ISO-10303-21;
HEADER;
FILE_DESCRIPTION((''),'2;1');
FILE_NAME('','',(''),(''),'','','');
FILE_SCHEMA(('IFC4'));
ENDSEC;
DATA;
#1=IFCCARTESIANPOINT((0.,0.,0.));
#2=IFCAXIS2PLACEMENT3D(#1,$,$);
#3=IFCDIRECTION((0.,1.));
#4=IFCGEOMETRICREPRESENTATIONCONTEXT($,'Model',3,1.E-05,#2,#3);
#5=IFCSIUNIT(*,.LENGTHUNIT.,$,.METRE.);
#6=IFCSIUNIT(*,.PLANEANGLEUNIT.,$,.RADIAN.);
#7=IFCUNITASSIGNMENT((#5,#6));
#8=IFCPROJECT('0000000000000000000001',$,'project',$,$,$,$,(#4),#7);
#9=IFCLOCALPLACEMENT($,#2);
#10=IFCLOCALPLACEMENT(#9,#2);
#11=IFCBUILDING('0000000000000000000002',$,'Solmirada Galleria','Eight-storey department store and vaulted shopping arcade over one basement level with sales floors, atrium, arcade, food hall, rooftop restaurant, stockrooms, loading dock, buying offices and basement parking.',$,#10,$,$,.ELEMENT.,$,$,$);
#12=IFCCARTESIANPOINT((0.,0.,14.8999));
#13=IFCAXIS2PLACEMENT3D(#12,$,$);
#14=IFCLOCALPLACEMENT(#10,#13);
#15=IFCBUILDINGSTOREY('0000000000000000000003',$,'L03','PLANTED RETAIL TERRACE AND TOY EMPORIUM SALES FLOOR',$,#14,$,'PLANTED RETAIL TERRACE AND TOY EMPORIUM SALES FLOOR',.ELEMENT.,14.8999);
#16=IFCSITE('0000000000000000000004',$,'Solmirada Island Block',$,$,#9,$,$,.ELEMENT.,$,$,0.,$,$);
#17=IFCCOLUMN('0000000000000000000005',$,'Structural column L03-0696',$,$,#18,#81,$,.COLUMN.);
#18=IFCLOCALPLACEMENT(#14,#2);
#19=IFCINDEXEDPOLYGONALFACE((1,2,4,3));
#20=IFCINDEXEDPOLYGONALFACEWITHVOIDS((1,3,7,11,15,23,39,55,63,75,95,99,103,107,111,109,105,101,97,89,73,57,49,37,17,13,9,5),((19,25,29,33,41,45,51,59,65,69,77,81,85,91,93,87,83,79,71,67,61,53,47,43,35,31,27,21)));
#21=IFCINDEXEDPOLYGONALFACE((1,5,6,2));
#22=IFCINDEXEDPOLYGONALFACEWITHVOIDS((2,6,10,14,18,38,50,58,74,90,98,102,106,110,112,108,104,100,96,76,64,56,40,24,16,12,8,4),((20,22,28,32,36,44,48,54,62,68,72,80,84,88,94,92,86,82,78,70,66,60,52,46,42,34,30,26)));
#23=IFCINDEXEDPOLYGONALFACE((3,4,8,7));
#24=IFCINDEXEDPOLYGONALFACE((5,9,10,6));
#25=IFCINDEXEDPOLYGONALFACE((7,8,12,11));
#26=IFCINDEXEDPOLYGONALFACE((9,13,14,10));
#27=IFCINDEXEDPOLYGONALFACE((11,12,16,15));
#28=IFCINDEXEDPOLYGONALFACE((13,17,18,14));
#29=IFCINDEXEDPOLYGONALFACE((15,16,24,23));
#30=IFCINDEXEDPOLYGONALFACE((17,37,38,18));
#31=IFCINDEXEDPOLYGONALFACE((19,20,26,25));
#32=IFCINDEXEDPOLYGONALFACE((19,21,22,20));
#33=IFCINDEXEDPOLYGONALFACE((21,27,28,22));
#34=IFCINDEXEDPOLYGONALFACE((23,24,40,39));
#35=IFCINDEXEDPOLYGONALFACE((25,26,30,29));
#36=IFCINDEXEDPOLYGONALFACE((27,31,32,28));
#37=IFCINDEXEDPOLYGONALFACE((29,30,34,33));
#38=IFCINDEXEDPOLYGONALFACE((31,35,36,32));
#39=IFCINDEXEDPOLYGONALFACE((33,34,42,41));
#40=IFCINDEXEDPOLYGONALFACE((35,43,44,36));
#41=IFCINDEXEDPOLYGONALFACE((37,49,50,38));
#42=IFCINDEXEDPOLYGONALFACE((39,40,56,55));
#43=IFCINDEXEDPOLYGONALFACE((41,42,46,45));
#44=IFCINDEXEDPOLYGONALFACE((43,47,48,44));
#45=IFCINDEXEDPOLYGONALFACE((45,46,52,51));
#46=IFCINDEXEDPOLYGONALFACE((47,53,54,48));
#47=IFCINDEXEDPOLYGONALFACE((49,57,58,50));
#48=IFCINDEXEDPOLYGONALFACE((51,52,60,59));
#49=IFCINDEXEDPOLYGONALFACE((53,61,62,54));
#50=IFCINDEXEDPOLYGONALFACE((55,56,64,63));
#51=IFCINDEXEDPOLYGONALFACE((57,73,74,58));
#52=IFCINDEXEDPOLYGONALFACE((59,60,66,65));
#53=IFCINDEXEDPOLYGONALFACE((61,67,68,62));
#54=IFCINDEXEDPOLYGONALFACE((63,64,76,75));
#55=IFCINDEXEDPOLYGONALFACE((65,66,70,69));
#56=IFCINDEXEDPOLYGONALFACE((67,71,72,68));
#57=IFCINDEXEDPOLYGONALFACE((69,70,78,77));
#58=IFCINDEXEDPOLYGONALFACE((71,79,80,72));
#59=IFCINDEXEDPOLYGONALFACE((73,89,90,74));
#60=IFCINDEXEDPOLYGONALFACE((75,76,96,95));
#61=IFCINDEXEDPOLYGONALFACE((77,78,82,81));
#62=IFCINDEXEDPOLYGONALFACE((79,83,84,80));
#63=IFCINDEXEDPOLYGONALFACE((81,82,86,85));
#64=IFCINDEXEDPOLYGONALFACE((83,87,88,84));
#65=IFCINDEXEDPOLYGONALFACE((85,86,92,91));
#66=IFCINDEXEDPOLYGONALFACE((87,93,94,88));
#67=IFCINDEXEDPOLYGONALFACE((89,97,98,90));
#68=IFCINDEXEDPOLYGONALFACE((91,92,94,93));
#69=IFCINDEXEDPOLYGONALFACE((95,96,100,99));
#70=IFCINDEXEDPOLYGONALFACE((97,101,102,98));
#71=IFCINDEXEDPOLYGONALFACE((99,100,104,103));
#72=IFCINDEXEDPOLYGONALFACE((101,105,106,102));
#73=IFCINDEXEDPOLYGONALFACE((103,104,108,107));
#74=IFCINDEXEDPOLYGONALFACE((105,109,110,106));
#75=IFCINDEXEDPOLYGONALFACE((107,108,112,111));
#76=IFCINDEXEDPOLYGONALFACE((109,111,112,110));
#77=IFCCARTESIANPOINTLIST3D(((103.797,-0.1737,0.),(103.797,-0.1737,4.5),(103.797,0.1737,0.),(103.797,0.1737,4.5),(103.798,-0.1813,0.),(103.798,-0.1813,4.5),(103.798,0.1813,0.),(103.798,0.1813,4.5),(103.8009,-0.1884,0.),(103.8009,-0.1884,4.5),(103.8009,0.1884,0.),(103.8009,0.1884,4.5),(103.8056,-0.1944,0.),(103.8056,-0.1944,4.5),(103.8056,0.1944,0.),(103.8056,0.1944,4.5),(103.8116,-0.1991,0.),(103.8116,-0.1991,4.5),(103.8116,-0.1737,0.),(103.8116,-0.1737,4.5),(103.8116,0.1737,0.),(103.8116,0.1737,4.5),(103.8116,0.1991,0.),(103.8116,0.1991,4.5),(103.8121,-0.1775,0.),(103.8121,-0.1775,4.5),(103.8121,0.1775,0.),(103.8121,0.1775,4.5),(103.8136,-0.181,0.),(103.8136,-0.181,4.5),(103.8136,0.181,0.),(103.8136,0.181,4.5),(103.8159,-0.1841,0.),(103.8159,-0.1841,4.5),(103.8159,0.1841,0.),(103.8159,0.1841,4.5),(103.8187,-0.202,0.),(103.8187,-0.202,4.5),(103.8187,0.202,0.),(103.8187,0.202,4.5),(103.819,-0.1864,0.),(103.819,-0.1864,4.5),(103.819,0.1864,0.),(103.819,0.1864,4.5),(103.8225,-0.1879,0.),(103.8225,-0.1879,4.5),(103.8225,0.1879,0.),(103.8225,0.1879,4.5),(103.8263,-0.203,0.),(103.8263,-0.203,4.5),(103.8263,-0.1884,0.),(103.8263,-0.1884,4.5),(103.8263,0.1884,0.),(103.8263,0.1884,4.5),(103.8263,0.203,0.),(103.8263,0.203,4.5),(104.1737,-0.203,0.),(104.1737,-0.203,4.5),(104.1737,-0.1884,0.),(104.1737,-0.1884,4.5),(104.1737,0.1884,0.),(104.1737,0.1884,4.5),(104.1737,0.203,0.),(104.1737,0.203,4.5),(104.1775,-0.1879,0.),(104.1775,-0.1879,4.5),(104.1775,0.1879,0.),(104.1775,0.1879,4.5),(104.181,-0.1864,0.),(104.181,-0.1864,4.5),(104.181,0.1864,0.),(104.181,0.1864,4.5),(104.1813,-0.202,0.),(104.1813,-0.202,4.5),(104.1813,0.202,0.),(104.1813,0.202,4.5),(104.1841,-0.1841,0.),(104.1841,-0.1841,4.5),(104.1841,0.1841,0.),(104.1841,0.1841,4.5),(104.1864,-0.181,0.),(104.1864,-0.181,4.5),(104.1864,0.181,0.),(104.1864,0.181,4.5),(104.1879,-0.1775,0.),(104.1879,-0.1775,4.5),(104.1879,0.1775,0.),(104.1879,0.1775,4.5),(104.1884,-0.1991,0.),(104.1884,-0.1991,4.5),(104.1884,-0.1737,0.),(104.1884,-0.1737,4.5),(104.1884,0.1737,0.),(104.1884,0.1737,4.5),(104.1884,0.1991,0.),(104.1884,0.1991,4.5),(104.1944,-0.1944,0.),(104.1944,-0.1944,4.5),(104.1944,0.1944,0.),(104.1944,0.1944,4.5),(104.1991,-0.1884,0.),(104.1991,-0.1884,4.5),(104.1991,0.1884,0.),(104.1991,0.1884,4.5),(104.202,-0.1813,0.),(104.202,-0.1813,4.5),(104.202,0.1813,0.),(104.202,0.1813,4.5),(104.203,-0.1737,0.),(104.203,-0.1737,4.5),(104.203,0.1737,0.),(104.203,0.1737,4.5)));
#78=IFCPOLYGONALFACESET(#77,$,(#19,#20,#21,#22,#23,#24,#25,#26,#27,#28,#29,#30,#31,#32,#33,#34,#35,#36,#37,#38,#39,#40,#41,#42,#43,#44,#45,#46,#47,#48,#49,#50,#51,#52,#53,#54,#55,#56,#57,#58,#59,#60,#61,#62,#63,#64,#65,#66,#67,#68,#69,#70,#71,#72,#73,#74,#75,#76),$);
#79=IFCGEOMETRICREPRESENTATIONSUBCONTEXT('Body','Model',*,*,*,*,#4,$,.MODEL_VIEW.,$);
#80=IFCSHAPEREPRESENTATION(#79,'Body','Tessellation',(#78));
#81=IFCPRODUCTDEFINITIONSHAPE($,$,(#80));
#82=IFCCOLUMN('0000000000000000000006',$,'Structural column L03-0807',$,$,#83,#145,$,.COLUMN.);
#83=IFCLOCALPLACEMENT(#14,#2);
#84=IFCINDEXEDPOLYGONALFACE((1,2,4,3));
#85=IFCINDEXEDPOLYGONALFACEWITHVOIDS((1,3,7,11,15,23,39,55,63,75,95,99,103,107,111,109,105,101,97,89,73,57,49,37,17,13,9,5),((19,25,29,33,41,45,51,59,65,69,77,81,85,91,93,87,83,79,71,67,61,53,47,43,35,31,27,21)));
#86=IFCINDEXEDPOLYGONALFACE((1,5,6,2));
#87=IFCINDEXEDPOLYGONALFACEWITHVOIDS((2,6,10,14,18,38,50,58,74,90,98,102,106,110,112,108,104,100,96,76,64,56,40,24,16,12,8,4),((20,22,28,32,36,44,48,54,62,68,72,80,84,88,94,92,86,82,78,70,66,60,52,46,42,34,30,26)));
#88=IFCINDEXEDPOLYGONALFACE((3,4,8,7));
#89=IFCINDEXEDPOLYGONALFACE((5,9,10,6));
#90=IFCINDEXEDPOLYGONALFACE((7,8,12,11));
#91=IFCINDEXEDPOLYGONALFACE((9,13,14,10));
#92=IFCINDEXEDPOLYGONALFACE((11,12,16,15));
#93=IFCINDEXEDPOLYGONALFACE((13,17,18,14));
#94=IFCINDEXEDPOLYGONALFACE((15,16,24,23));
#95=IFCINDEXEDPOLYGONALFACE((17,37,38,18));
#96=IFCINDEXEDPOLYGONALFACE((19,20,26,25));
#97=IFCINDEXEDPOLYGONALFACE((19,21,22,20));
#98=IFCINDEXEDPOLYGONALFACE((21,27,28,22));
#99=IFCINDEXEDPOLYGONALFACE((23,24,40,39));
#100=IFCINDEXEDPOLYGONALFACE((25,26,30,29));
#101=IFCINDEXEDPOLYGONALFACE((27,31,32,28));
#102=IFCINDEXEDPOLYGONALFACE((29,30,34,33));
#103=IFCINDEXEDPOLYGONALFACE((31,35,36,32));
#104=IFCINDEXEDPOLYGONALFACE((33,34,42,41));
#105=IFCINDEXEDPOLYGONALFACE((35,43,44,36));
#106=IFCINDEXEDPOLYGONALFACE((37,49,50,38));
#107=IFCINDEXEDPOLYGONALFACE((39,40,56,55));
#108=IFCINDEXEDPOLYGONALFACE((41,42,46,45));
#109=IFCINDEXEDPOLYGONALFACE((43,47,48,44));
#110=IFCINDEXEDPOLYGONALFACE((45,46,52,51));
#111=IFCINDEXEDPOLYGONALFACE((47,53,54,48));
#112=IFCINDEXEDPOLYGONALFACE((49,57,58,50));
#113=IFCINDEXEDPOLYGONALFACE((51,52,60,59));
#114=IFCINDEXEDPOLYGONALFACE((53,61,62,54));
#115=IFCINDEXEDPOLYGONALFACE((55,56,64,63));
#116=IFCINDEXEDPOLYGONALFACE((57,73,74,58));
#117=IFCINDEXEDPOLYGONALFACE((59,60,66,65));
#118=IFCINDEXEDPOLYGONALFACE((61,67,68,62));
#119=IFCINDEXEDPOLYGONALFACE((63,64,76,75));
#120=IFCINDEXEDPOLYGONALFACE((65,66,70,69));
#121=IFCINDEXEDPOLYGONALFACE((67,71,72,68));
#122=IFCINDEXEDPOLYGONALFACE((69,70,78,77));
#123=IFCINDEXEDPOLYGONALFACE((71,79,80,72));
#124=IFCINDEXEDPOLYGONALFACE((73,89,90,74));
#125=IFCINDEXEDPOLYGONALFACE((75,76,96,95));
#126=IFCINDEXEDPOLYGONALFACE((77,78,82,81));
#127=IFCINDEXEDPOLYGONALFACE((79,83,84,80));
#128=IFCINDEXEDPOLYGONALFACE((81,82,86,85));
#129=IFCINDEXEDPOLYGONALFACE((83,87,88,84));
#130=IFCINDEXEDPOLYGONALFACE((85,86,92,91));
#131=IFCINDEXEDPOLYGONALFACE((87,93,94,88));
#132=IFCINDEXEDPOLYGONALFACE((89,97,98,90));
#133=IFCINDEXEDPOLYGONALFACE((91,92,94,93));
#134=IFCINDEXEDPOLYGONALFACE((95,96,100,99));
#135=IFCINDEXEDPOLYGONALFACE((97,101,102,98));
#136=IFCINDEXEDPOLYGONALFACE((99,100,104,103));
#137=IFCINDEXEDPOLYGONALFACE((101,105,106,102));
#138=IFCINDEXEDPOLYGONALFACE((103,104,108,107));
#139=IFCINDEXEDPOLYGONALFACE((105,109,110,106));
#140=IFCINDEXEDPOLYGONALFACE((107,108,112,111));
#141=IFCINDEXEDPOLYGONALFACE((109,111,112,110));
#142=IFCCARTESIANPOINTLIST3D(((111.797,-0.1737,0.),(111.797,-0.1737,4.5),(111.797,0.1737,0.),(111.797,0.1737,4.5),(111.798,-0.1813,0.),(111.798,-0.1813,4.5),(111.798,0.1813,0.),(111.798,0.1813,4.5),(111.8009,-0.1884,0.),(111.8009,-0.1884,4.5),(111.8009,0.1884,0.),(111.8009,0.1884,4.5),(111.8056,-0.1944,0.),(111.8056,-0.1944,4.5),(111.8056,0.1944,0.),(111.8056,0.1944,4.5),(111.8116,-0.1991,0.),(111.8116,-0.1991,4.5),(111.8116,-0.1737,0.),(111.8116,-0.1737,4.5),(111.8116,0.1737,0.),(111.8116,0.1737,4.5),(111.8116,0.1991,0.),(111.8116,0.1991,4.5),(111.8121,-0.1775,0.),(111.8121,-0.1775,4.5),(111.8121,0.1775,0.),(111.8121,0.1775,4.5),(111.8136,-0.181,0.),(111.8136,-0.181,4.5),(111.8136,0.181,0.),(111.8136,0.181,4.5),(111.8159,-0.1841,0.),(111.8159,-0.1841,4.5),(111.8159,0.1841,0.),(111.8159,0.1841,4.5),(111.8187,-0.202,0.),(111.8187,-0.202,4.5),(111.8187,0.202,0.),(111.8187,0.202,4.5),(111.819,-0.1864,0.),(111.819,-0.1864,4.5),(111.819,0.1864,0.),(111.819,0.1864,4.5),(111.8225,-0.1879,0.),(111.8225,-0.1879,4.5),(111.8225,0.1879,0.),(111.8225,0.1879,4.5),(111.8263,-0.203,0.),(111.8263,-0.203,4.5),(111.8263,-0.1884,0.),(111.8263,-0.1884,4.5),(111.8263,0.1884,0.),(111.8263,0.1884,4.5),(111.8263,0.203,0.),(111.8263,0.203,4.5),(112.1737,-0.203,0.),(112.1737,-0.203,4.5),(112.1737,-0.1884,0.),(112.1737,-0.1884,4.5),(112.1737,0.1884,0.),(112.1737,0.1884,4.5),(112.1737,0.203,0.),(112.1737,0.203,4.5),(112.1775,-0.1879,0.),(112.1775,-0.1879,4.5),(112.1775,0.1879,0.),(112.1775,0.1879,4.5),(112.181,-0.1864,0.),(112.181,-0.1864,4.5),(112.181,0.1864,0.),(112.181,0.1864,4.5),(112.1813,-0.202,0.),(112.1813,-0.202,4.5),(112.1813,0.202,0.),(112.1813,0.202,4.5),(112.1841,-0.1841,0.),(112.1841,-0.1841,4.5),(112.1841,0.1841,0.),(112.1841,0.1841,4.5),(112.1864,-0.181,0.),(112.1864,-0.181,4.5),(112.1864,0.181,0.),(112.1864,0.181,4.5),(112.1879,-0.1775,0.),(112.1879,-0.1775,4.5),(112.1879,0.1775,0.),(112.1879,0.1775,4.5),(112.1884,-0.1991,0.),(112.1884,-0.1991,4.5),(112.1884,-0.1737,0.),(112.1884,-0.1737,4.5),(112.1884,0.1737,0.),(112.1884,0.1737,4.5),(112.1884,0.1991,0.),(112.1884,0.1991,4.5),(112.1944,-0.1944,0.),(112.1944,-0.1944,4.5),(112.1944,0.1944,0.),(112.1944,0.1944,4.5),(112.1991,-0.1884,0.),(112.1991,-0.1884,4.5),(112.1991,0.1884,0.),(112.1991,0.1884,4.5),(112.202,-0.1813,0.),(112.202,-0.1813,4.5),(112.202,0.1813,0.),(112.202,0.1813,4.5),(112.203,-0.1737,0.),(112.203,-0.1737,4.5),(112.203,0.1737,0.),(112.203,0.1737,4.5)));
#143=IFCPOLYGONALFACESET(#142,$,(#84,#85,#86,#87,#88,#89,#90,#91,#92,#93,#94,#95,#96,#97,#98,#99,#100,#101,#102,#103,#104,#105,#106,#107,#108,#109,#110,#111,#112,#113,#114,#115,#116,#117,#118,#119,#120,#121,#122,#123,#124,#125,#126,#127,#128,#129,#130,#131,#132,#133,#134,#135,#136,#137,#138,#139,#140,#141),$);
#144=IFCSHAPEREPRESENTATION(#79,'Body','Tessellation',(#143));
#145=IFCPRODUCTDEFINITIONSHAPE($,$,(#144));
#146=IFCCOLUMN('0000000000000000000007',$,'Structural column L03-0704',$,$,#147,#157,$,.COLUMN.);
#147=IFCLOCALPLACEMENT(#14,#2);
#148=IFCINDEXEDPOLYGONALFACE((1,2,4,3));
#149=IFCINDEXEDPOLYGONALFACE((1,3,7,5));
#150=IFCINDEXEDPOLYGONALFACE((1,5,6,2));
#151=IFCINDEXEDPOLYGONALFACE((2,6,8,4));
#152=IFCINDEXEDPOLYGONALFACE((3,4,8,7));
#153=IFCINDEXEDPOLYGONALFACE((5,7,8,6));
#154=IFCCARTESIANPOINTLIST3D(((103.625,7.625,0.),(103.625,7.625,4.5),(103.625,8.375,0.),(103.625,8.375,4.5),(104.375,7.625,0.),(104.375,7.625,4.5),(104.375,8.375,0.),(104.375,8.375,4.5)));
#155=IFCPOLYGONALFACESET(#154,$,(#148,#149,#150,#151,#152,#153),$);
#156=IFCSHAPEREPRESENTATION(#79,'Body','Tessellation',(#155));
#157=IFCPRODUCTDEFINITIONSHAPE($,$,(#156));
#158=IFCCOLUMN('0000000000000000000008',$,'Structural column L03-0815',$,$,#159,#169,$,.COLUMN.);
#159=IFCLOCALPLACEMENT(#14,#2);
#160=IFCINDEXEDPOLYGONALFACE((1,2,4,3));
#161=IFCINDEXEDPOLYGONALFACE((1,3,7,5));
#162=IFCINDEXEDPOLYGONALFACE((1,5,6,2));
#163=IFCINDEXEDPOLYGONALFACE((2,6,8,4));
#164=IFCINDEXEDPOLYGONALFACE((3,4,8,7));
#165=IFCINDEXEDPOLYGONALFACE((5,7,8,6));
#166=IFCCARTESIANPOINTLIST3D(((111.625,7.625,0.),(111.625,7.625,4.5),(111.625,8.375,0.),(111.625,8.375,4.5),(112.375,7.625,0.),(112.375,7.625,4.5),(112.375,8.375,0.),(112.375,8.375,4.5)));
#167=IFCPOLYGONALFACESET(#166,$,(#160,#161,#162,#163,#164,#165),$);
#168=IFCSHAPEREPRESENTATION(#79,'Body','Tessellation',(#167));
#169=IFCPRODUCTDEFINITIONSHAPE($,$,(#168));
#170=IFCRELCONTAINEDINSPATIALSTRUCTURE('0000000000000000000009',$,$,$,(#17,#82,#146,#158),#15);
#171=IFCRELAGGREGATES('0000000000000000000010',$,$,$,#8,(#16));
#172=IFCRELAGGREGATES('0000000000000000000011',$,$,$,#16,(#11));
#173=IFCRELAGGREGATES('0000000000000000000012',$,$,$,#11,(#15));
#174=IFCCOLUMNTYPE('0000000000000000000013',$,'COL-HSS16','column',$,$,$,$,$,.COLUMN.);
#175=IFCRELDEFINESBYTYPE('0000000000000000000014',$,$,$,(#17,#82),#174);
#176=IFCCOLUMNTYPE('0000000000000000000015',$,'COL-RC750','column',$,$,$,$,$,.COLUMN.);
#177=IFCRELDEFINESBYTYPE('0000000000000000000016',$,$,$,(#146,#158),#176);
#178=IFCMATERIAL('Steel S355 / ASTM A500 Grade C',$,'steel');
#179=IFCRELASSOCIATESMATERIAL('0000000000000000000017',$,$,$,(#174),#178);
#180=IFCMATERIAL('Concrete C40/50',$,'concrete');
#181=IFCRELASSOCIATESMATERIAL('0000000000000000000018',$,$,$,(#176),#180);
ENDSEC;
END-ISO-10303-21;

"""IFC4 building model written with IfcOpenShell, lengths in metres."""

from ifc_helpers import new_model, si_unit, direction, frame, origin, origin_2d, place, context, subcontext, project, spatial, rectangle, hollow_rectangle, extrude, material, material_profile, profile_set, type_object, element, save


model = new_model("IFC4")

# Units and contexts
model_context = context("Model", 3, precision=1e-05, world=origin(), true_north=direction((0.0, 1.0)))
body_context = subcontext(model_context, "Body", "Model", "MODEL_VIEW")
ifc_project = project(units=[si_unit("LENGTHUNIT", "METRE"), si_unit("PLANEANGLEUNIT", "RADIAN")], contexts=[model_context])

# Site, building, storey
site_placement = place(None, origin())
site = spatial("IfcSite", under=ifc_project, at=site_placement, Name="Solmirada Island Block", CompositionType="ELEMENT", RefElevation=0.0)
building_placement = place(site_placement, origin())
building = spatial("IfcBuilding", under=site, at=building_placement, Name="Solmirada Galleria", Description="Eight-storey department store and vaulted shopping arcade over one basement level with sales floors, atrium, arcade, food hall, rooftop restaurant, stockrooms, loading dock, buying offices and basement parking.", CompositionType="ELEMENT")
storey_placement = place(building_placement, frame((0.0, 0.0, 14.8999)))
storey = spatial("IfcBuildingStorey", under=building, at=storey_placement, Name="L03", Description="PLANTED RETAIL TERRACE AND TOY EMPORIUM SALES FLOOR", LongName="PLANTED RETAIL TERRACE AND TOY EMPORIUM SALES FLOOR", CompositionType="ELEMENT", Elevation=14.8999)

# Columns
ifc_material_1 = material(Name="Steel S355 / ASTM A500 Grade C", Category="steel")
ifc_material_profile_1 = material_profile(ifc_material_1, hollow_rectangle(XDim=0.406, YDim=0.406, WallThickness=0.0146, InnerFilletRadius=0.0146, OuterFilletRadius=0.0293, at=origin_2d()), Name="HSS16X16X5/8")
ifc_profile_set_1 = profile_set([ifc_material_profile_1], Name="Steel S355 / ASTM A500 Grade C")
column_type_1 = type_object("IfcColumnType", Name="COL-HSS16", Description="column", PredefinedType="COLUMN", material=ifc_profile_set_1)
for number, where, z_axis, x_axis, name in (
    (1, (104.0, 0.0, 0.0), (0.0, 0.0, 1.0), (1.0, 0.0, 0.0), "Structural column L03-0696"),
    (2, (112.0, 0.0, 0.0), (0.0, 0.0, 1.0), (1.0, 0.0, 0.0), "Structural column L03-0807"),
):
    element("IfcColumn", number, at=place(storey_placement, frame(where, z_axis=z_axis, x_axis=x_axis)), inside=storey, type_object=column_type_1, Name=name, PredefinedType="COLUMN", context=body_context, shape_type="SweptSolid", body=[
        extrude(hollow_rectangle(XDim=0.406, YDim=0.406, WallThickness=0.0146, InnerFilletRadius=0.0146, OuterFilletRadius=0.0293, at=origin_2d()), origin(), (0.0, 0.0, 1.0), 4.5),
    ])
ifc_material_2 = material(Name="Concrete C40/50", Category="concrete")
ifc_material_profile_2 = material_profile(ifc_material_2, rectangle(XDim=0.75, YDim=0.75, at=origin_2d()), Name="RC750X750")
ifc_profile_set_2 = profile_set([ifc_material_profile_2], Name="Concrete C40/50")
column_type_2 = type_object("IfcColumnType", Name="COL-RC750", Description="column", PredefinedType="COLUMN", material=ifc_profile_set_2)
for number, where, z_axis, x_axis, name in (
    (3, (104.0, 8.0, 0.0), (0.0, 0.0, 1.0), (1.0, 0.0, 0.0), "Structural column L03-0704"),
    (4, (112.0, 8.0, 0.0), (0.0, 0.0, 1.0), (1.0, 0.0, 0.0), "Structural column L03-0815"),
):
    element("IfcColumn", number, at=place(storey_placement, frame(where, z_axis=z_axis, x_axis=x_axis)), inside=storey, type_object=column_type_2, Name=name, PredefinedType="COLUMN", context=body_context, shape_type="SweptSolid", body=[
        extrude(rectangle(XDim=0.75, YDim=0.75, at=origin_2d()), origin(), (0.0, 0.0, 1.0), 4.5),
    ])

save(model, "model.ifc")
